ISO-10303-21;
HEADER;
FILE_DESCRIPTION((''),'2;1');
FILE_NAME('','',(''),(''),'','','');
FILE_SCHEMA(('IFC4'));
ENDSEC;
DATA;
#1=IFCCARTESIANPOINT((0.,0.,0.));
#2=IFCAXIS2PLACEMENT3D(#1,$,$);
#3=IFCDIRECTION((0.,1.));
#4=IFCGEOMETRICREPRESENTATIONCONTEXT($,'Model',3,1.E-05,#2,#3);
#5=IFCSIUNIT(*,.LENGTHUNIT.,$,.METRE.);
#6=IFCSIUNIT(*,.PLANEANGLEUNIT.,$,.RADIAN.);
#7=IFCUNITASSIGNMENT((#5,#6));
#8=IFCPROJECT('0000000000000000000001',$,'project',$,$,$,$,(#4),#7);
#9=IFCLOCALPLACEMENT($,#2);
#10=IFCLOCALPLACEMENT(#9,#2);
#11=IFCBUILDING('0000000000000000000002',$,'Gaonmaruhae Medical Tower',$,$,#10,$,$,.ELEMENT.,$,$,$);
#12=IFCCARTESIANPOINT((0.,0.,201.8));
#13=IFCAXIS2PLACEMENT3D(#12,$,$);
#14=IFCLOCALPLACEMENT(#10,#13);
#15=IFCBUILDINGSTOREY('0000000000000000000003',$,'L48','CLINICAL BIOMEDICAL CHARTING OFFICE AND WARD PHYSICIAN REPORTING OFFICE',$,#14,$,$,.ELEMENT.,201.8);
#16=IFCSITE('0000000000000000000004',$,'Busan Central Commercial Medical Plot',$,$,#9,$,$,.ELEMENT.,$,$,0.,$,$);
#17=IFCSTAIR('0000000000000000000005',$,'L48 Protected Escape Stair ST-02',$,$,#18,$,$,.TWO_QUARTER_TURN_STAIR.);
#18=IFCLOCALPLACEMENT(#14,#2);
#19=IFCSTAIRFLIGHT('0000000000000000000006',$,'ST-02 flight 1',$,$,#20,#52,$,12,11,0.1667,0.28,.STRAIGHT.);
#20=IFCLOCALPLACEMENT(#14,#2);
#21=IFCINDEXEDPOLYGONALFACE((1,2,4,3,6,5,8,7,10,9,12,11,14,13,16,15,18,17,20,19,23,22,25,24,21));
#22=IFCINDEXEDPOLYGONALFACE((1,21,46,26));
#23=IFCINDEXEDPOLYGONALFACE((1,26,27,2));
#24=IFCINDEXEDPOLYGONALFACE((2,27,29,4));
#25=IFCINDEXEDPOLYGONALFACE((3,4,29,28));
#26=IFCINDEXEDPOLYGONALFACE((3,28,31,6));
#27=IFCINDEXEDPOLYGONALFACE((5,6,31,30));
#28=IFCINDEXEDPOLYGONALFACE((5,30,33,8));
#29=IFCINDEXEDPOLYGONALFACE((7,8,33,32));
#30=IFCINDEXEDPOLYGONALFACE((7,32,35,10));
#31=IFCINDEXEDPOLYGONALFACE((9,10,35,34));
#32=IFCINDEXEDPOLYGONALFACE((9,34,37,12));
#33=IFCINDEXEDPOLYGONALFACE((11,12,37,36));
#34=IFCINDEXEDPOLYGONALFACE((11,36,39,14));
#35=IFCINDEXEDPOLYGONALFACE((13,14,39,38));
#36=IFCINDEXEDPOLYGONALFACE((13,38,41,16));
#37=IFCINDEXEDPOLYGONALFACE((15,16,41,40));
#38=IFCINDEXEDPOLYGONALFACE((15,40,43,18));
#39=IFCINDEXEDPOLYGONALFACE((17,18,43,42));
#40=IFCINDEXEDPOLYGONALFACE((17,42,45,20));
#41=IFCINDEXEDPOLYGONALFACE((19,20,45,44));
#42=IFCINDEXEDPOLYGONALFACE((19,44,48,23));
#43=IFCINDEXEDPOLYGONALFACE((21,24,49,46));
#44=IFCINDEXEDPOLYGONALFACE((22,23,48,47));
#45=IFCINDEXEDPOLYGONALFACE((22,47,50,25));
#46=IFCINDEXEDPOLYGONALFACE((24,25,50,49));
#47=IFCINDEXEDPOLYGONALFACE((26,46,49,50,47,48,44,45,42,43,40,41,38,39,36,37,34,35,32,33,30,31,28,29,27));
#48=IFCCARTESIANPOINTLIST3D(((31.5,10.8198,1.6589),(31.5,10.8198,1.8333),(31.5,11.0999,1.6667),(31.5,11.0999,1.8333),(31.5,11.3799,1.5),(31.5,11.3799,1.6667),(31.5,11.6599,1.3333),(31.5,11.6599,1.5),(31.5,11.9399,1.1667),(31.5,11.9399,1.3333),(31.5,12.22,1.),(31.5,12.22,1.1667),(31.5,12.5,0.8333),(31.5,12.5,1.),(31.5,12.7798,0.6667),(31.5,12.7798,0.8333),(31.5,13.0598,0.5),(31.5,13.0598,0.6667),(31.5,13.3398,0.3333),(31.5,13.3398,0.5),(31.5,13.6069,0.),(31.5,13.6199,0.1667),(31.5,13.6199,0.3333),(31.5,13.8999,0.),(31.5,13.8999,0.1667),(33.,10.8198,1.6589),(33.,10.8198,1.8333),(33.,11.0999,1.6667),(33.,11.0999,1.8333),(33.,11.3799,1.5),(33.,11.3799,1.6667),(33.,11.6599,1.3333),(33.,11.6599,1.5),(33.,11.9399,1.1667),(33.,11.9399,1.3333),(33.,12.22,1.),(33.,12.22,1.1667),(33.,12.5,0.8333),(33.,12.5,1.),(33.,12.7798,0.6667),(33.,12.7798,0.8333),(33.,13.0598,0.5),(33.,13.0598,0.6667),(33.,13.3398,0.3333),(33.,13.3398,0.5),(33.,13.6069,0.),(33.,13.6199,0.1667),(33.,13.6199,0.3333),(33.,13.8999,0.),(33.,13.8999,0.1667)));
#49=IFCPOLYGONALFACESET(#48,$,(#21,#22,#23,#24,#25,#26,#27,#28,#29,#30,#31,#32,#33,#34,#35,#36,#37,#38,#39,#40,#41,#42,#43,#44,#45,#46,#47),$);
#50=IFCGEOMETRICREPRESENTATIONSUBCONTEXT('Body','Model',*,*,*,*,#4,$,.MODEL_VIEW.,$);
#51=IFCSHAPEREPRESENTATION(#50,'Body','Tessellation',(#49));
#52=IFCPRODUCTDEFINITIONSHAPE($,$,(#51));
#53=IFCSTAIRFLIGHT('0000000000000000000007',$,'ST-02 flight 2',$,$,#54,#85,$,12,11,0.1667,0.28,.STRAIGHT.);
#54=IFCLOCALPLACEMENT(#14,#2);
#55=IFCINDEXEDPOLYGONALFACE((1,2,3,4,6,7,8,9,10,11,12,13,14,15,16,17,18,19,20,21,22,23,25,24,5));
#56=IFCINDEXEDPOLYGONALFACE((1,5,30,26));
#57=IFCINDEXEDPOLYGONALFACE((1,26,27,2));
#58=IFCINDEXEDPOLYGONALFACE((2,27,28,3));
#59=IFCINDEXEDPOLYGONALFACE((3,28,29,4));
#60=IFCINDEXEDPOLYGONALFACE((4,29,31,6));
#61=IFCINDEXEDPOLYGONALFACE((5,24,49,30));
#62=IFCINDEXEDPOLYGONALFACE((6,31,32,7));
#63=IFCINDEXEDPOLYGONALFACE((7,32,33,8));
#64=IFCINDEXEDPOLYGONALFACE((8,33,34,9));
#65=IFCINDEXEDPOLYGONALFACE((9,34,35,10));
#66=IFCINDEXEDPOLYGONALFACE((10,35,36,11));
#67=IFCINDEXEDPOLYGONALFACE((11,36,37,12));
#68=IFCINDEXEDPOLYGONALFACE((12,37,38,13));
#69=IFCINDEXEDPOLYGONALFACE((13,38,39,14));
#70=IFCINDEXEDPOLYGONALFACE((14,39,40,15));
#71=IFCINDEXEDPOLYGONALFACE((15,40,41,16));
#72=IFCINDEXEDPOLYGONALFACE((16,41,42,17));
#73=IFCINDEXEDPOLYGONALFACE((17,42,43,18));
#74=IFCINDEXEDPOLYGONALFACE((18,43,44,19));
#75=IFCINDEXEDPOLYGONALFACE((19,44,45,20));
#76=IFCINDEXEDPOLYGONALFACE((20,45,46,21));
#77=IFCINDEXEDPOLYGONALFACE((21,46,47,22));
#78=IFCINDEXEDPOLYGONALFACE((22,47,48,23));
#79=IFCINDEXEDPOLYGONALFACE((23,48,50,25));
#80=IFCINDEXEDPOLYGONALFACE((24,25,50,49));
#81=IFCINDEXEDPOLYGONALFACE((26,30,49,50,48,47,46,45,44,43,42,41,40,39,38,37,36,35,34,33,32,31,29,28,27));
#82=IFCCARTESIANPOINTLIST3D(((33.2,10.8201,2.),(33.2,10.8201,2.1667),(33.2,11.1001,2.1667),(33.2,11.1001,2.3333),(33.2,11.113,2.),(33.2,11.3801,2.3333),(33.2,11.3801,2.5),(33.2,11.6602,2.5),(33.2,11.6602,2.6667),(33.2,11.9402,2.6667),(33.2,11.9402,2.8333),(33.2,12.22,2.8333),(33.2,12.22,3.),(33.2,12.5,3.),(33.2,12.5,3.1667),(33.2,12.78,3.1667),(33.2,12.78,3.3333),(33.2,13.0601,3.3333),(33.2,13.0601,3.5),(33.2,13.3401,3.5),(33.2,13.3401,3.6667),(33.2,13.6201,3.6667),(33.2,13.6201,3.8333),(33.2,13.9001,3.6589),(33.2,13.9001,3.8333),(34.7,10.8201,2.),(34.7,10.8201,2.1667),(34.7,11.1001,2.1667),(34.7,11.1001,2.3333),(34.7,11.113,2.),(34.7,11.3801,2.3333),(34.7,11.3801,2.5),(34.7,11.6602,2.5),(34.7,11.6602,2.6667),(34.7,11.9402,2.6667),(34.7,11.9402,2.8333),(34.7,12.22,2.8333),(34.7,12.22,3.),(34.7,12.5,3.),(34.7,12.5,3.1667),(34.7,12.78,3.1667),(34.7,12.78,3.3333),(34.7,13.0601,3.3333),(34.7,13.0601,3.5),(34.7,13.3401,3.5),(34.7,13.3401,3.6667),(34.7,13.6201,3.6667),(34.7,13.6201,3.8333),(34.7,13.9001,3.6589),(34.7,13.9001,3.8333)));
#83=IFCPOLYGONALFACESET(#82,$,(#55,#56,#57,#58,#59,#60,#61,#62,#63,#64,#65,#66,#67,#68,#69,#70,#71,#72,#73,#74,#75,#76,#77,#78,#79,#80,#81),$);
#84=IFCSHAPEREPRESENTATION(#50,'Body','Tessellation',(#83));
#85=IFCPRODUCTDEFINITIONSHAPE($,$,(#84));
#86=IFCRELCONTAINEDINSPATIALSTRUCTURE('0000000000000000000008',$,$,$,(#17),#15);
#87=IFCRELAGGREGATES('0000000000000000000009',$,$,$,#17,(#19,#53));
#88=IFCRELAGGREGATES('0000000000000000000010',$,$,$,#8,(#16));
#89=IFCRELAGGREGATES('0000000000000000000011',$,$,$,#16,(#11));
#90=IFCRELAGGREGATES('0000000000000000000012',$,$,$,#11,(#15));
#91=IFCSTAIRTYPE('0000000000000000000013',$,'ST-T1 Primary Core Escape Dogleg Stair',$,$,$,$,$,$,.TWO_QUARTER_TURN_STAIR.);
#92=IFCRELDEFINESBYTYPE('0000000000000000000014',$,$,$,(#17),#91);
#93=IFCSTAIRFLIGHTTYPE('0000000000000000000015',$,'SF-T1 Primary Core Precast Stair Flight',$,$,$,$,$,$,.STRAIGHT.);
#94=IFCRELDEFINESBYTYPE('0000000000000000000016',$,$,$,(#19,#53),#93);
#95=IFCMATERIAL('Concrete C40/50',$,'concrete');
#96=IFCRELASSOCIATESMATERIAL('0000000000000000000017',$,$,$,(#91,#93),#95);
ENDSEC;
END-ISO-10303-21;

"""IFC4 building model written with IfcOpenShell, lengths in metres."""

from ifc_helpers import new_model, si_unit, direction, frame, origin, place, context, subcontext, project, spatial, polyline, outline, extrude, material, type_object, element, aggregate, save


model = new_model("IFC4")

# Units and contexts
model_context = context("Model", 3, precision=1e-05, world=origin(), true_north=direction((0.0, 1.0)))
body_context = subcontext(model_context, "Body", "Model", "MODEL_VIEW")
ifc_project = project(units=[si_unit("LENGTHUNIT", "METRE"), si_unit("PLANEANGLEUNIT", "RADIAN")], contexts=[model_context])

# Site, building, storey
site_placement = place(None, origin())
site = spatial("IfcSite", under=ifc_project, at=site_placement, Name="Busan Central Commercial Medical Plot", CompositionType="ELEMENT", RefElevation=0.0)
building_placement = place(site_placement, origin())
building = spatial("IfcBuilding", under=site, at=building_placement, Name="Gaonmaruhae Medical Tower", CompositionType="ELEMENT")
storey_placement = place(building_placement, frame((0.0, 0.0, 201.8)))
storey = spatial("IfcBuildingStorey", under=building, at=storey_placement, Name="L48", Description="CLINICAL BIOMEDICAL CHARTING OFFICE AND WARD PHYSICIAN REPORTING OFFICE", CompositionType="ELEMENT", Elevation=201.8)

# Stair, stair flights
ifc_material_1 = material(Name="Concrete C40/50", Category="concrete")
stair_type = type_object("IfcStairType", Name="ST-T1 Primary Core Escape Dogleg Stair", PredefinedType="TWO_QUARTER_TURN_STAIR", material=ifc_material_1)
stair_placement = place(storey_placement, origin())
stair = element("IfcStair", 1, at=stair_placement, inside=storey, type_object=stair_type, Name="L48 Protected Escape Stair ST-02", PredefinedType="TWO_QUARTER_TURN_STAIR")
stair_flight_type = type_object("IfcStairFlightType", Name="SF-T1 Primary Core Precast Stair Flight", PredefinedType="STRAIGHT", material=ifc_material_1)
stair_flight_1_placement = place(storey_placement, frame((32.25, 13.8999, 0.0), z_axis=(0.0, 0.0, 1.0), x_axis=(0.0, -1.0, 0.0)))
stair_flight_1 = element("IfcStairFlight", 2, at=stair_flight_1_placement, type_object=stair_flight_type, Name="ST-02 flight 1", NumberOfRisers=12, NumberOfTreads=11, PredefinedType="STRAIGHT", RiserHeight=0.1667, TreadLength=0.28, context=body_context, shape_type="SweptSolid", body=[
    extrude(outline(polyline([(0.0, 0.0), (0.0, 0.1667), (0.28, 0.1667), (0.28, 0.3333), (0.5601, 0.3333), (0.5601, 0.5), (0.8401, 0.5), (0.8401, 0.6667), (1.1201, 0.6667), (1.1201, 0.8333), (1.3999, 0.8333), (1.3999, 1.0), (1.6799, 1.0), (1.6799, 1.1667), (1.96, 1.1667), (1.96, 1.3333), (2.24, 1.3333), (2.24, 1.5), (2.52, 1.5), (2.52, 1.6667), (2.8, 1.6667), (2.8, 1.8333), (3.0801, 1.8333), (3.0801, 2.0), (3.0801, 1.6589), (0.293, 0.0), (0.0, 0.0)])), frame((0.0, 0.75, 0.0), z_axis=(0.0, -1.0, 0.0), x_axis=(1.0, 0.0, 0.0)), (0.0, 0.0, 1.0), 1.5),
])
stair_flight_2_placement = place(storey_placement, frame((33.95, 10.8201, 2.0), z_axis=(0.0, 0.0, 1.0), x_axis=(0.0, 1.0, 0.0)))
stair_flight_2 = element("IfcStairFlight", 3, at=stair_flight_2_placement, type_object=stair_flight_type, Name="ST-02 flight 2", NumberOfRisers=12, NumberOfTreads=11, PredefinedType="STRAIGHT", RiserHeight=0.1667, TreadLength=0.28, context=body_context, shape_type="SweptSolid", body=[
    extrude(outline(polyline([(0.0, 0.0), (0.0, 0.1667), (0.28, 0.1667), (0.28, 0.3333), (0.5601, 0.3333), (0.5601, 0.5), (0.8401, 0.5), (0.8401, 0.6667), (1.1201, 0.6667), (1.1201, 0.8333), (1.3999, 0.8333), (1.3999, 1.0), (1.6799, 1.0), (1.6799, 1.1667), (1.96, 1.1667), (1.96, 1.3333), (2.24, 1.3333), (2.24, 1.5), (2.52, 1.5), (2.52, 1.6667), (2.8, 1.6667), (2.8, 1.8333), (3.0801, 1.8333), (3.0801, 2.0), (3.0801, 1.6589), (0.293, 0.0), (0.0, 0.0)])), frame((0.0, 0.75, 0.0), z_axis=(0.0, -1.0, 0.0), x_axis=(1.0, 0.0, 0.0)), (0.0, 0.0, 1.0), 1.5),
])
aggregate(stair, [stair_flight_1, stair_flight_2])

save(model, "model.ifc")
